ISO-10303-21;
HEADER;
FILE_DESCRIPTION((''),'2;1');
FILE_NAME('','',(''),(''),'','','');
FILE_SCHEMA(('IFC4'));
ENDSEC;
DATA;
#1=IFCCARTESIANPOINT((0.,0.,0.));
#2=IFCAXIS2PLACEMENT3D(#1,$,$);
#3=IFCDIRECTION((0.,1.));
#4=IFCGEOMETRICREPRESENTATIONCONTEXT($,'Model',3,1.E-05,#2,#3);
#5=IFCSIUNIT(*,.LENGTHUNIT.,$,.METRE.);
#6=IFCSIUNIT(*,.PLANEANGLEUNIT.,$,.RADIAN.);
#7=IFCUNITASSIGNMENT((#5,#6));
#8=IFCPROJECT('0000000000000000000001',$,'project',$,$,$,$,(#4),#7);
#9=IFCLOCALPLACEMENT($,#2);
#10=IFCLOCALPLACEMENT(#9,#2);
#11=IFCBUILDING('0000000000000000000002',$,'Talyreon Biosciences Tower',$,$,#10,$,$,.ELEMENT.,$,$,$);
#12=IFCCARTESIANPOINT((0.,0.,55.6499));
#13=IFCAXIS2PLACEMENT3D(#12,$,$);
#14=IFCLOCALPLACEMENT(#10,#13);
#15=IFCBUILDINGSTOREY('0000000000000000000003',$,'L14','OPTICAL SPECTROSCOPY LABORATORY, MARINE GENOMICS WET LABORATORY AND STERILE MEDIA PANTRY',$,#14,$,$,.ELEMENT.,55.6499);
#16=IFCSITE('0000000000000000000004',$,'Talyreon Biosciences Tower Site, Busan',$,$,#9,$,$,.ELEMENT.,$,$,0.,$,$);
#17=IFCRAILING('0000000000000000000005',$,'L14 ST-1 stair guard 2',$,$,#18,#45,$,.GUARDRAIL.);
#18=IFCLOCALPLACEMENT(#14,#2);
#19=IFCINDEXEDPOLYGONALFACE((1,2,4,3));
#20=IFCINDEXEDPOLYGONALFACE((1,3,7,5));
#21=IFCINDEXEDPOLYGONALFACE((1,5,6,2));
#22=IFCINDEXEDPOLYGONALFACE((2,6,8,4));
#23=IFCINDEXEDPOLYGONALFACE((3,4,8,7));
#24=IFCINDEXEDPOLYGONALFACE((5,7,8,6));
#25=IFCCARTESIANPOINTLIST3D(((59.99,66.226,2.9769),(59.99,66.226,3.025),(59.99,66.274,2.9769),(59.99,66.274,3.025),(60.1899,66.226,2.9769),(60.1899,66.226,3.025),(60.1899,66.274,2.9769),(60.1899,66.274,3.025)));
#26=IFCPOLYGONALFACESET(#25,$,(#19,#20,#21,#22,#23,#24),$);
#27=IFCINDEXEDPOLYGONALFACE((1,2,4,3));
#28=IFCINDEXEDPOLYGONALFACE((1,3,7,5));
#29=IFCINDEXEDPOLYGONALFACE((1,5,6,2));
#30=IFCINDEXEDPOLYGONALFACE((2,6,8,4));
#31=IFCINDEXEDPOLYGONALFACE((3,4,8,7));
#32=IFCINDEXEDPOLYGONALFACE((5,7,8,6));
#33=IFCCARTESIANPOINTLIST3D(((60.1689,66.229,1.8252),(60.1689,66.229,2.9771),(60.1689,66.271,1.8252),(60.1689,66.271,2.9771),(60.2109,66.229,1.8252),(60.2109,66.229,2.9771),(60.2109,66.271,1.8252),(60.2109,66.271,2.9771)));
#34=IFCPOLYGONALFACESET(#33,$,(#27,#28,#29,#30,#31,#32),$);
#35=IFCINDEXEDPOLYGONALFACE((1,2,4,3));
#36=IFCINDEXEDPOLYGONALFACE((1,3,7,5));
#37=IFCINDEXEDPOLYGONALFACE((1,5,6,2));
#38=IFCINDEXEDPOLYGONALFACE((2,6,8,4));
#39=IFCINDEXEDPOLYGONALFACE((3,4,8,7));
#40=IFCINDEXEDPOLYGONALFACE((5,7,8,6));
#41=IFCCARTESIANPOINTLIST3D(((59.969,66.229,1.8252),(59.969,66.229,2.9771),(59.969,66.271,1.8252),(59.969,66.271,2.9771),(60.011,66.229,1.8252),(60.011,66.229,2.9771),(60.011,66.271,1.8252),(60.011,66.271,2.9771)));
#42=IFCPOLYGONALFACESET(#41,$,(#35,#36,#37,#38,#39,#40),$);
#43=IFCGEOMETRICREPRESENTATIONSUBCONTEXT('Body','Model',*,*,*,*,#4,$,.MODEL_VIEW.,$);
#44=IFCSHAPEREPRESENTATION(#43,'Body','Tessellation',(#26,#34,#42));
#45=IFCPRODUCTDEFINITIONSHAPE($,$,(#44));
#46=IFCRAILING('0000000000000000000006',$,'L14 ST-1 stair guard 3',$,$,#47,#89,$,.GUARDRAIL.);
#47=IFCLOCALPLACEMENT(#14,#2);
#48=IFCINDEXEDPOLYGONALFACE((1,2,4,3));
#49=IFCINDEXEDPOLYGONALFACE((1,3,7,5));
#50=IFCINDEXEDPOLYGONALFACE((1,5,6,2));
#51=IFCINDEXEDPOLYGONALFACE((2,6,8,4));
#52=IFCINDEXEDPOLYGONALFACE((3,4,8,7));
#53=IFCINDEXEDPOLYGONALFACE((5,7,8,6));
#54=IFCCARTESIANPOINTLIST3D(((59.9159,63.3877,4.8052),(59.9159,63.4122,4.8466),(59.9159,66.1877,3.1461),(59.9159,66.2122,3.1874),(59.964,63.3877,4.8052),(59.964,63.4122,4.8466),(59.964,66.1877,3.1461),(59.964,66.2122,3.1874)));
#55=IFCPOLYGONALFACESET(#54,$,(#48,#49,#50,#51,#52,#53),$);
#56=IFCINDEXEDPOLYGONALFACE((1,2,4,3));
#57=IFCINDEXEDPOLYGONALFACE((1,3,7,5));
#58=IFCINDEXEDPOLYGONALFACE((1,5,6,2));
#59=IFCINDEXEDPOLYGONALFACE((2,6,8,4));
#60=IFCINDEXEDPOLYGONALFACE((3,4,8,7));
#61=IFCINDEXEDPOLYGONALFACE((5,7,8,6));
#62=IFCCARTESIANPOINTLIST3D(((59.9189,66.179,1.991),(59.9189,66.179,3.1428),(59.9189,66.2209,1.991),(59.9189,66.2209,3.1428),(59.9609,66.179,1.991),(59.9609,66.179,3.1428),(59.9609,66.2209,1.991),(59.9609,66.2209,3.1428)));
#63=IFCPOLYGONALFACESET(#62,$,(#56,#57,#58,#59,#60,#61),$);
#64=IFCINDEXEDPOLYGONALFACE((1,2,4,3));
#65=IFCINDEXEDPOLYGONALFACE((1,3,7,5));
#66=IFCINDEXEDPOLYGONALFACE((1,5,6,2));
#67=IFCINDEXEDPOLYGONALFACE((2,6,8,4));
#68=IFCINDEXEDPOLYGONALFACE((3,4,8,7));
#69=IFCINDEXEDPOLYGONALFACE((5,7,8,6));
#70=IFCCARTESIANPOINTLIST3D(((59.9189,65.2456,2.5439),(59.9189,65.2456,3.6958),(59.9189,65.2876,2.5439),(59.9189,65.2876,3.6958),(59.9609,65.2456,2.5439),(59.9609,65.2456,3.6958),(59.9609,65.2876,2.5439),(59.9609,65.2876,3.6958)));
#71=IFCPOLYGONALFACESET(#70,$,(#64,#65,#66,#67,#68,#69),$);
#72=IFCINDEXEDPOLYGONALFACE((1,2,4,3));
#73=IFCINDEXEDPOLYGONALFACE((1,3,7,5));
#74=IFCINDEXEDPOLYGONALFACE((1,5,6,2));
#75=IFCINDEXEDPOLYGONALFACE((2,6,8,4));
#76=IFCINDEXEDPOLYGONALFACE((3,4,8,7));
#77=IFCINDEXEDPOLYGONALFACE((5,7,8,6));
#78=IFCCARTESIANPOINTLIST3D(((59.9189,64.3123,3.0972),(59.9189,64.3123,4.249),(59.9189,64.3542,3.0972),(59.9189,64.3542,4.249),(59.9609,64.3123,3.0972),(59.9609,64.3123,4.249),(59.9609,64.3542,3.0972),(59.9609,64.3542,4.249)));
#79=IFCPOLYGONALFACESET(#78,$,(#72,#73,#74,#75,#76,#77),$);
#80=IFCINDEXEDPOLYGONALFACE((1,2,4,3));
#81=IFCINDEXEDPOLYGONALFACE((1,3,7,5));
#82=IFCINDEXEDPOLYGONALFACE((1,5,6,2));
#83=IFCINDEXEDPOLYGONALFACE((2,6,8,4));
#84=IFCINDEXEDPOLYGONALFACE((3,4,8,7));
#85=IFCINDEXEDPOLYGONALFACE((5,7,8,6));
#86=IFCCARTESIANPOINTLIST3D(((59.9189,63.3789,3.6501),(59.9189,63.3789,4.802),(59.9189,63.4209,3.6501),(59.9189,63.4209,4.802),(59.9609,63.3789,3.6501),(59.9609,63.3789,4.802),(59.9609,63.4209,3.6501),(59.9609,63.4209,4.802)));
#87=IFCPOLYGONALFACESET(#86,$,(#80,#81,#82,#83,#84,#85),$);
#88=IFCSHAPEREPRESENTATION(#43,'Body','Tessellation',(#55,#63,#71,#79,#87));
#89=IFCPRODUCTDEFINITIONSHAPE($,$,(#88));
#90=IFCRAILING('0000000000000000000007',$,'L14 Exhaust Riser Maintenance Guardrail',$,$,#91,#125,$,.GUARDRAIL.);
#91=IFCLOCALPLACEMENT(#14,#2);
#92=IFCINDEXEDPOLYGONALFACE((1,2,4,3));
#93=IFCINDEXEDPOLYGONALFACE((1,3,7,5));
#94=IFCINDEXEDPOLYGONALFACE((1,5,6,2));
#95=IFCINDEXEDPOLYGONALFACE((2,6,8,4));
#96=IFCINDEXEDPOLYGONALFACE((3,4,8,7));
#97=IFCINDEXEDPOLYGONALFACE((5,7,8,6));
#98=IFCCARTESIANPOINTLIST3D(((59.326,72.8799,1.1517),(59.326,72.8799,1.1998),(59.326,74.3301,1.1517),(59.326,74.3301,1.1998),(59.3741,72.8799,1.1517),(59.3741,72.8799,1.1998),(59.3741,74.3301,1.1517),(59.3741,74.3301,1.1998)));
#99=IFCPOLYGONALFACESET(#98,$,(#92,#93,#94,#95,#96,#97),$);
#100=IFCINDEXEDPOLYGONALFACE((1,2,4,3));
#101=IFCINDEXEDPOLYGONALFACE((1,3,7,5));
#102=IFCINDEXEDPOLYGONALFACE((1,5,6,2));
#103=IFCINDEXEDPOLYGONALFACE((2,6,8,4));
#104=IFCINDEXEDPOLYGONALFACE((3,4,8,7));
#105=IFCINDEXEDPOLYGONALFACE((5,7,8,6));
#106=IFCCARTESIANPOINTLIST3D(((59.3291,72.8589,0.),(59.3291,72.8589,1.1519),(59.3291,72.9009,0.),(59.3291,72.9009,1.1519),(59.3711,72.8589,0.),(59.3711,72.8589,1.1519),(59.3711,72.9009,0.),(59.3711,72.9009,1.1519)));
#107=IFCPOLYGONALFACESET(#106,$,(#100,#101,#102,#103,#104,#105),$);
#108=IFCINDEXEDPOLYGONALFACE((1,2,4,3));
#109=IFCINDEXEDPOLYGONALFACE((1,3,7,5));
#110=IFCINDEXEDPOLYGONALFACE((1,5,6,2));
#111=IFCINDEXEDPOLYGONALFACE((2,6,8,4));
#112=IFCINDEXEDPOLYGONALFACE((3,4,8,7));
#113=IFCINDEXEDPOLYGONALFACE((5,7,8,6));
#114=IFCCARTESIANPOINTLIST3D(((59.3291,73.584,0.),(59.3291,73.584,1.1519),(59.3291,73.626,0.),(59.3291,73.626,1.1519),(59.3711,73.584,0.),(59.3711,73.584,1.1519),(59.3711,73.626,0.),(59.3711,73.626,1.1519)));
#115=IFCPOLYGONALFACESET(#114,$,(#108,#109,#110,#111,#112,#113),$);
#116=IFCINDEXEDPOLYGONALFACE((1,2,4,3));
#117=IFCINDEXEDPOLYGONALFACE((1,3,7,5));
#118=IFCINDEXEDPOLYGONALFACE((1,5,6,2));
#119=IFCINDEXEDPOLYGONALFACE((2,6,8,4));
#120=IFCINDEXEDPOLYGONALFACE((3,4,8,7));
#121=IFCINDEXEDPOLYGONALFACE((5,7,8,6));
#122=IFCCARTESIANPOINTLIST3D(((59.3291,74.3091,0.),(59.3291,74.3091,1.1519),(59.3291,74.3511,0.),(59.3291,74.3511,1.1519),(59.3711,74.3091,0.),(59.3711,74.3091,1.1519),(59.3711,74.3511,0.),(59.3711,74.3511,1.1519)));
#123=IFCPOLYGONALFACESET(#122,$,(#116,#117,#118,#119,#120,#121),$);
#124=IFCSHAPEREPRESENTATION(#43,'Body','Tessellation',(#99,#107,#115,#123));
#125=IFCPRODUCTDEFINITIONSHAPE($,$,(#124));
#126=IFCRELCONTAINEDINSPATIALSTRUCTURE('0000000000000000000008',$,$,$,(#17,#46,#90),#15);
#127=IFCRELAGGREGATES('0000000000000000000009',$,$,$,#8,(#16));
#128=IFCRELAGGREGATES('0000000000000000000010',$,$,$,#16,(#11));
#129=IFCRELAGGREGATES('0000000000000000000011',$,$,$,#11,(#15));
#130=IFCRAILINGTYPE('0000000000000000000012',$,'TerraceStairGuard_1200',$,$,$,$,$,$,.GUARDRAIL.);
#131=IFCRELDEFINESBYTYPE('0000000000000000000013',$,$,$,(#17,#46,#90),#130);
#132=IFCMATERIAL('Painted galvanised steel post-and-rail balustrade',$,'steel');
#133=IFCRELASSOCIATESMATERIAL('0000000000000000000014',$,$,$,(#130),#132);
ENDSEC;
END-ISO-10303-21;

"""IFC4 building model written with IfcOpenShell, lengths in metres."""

from ifc_helpers import new_model, si_unit, direction, frame, origin, origin_2d, place, context, subcontext, project, spatial, rectangle, extrude, material, type_object, element, save


model = new_model("IFC4")

# Units and contexts
model_context = context("Model", 3, precision=1e-05, world=origin(), true_north=direction((0.0, 1.0)))
body_context = subcontext(model_context, "Body", "Model", "MODEL_VIEW")
ifc_project = project(units=[si_unit("LENGTHUNIT", "METRE"), si_unit("PLANEANGLEUNIT", "RADIAN")], contexts=[model_context])

# Site, building, storey
site_placement = place(None, origin())
site = spatial("IfcSite", under=ifc_project, at=site_placement, Name="Talyreon Biosciences Tower Site, Busan", CompositionType="ELEMENT", RefElevation=0.0)
building_placement = place(site_placement, origin())
building = spatial("IfcBuilding", under=site, at=building_placement, Name="Talyreon Biosciences Tower", CompositionType="ELEMENT")
storey_placement = place(building_placement, frame((0.0, 0.0, 55.6499)))
storey = spatial("IfcBuildingStorey", under=building, at=storey_placement, Name="L14", Description="OPTICAL SPECTROSCOPY LABORATORY, MARINE GENOMICS WET LABORATORY AND STERILE MEDIA PANTRY", CompositionType="ELEMENT", Elevation=55.6499)

# Railings
ifc_material_1 = material(Name="Painted galvanised steel post-and-rail balustrade", Category="steel")
railing_type_1 = type_object("IfcRailingType", Name="TerraceStairGuard_1200", PredefinedType="GUARDRAIL", material=ifc_material_1)
railing_1_placement = place(storey_placement, frame((60.1899, 66.25, 1.8252)))
element("IfcRailing", 1, at=railing_1_placement, inside=storey, type_object=railing_type_1, Name="L14 ST-1 stair guard 2", PredefinedType="GUARDRAIL", context=body_context, shape_type="SweptSolid", body=[
    extrude(rectangle(XDim=0.0481, YDim=0.0481, at=origin_2d()), frame((0.0, 0.0, 1.1758), z_axis=(-1.0, 0.0, 0.0), x_axis=(0.0, -1.0, 0.0)), (0.0, 0.0, 1.0), 0.2),
    extrude(rectangle(XDim=0.042, YDim=0.042, at=origin_2d()), origin(), (0.0, 0.0, 1.0), 1.1519),
    extrude(rectangle(XDim=0.042, YDim=0.042, at=origin_2d()), frame((-0.2, 0.0, 0.0)), (0.0, 0.0, 1.0), 1.1519),
])
railing_2_placement = place(storey_placement, frame((59.9399, 66.2, 1.991)))
element("IfcRailing", 2, at=railing_2_placement, inside=storey, type_object=railing_type_1, Name="L14 ST-1 stair guard 3", PredefinedType="GUARDRAIL", context=body_context, shape_type="SweptSolid", body=[
    extrude(rectangle(XDim=0.0481, YDim=0.0481, at=origin_2d()), frame((0.0, 0.0, 1.1758), z_axis=(0.0, -0.860306, 0.509778), x_axis=(1.0, 0.0, 0.0)), (0.0, 0.0, 1.0), 3.2546),
    extrude(rectangle(XDim=0.042, YDim=0.042, at=origin_2d()), origin(), (0.0, 0.0, 1.0), 1.1519),
    extrude(rectangle(XDim=0.042, YDim=0.042, at=origin_2d()), frame((0.0, -0.9333, 0.553)), (0.0, 0.0, 1.0), 1.1519),
    extrude(rectangle(XDim=0.042, YDim=0.042, at=origin_2d()), frame((0.0, -1.8667, 1.1062)), (0.0, 0.0, 1.0), 1.1519),
    extrude(rectangle(XDim=0.042, YDim=0.042, at=origin_2d()), frame((0.0, -2.8, 1.6592)), (0.0, 0.0, 1.0), 1.1519),
])
railing_3_placement = place(storey_placement, frame((59.3501, 72.8799, 0.0)))
element("IfcRailing", 3, at=railing_3_placement, inside=storey, type_object=railing_type_1, Name="L14 Exhaust Riser Maintenance Guardrail", PredefinedType="GUARDRAIL", context=body_context, shape_type="SweptSolid", body=[
    extrude(rectangle(XDim=0.0481, YDim=0.0481, at=origin_2d()), frame((0.0, 0.0, 1.1758), z_axis=(0.0, 1.0, 0.0), x_axis=(-1.0, 0.0, 0.0)), (0.0, 0.0, 1.0), 1.4502),
    extrude(rectangle(XDim=0.042, YDim=0.042, at=origin_2d()), origin(), (0.0, 0.0, 1.0), 1.1519),
    extrude(rectangle(XDim=0.042, YDim=0.042, at=origin_2d()), frame((0.0, 0.7251, 0.0)), (0.0, 0.0, 1.0), 1.1519),
    extrude(rectangle(XDim=0.042, YDim=0.042, at=origin_2d()), frame((0.0, 1.4502, 0.0)), (0.0, 0.0, 1.0), 1.1519),
])

save(model, "model.ifc")
